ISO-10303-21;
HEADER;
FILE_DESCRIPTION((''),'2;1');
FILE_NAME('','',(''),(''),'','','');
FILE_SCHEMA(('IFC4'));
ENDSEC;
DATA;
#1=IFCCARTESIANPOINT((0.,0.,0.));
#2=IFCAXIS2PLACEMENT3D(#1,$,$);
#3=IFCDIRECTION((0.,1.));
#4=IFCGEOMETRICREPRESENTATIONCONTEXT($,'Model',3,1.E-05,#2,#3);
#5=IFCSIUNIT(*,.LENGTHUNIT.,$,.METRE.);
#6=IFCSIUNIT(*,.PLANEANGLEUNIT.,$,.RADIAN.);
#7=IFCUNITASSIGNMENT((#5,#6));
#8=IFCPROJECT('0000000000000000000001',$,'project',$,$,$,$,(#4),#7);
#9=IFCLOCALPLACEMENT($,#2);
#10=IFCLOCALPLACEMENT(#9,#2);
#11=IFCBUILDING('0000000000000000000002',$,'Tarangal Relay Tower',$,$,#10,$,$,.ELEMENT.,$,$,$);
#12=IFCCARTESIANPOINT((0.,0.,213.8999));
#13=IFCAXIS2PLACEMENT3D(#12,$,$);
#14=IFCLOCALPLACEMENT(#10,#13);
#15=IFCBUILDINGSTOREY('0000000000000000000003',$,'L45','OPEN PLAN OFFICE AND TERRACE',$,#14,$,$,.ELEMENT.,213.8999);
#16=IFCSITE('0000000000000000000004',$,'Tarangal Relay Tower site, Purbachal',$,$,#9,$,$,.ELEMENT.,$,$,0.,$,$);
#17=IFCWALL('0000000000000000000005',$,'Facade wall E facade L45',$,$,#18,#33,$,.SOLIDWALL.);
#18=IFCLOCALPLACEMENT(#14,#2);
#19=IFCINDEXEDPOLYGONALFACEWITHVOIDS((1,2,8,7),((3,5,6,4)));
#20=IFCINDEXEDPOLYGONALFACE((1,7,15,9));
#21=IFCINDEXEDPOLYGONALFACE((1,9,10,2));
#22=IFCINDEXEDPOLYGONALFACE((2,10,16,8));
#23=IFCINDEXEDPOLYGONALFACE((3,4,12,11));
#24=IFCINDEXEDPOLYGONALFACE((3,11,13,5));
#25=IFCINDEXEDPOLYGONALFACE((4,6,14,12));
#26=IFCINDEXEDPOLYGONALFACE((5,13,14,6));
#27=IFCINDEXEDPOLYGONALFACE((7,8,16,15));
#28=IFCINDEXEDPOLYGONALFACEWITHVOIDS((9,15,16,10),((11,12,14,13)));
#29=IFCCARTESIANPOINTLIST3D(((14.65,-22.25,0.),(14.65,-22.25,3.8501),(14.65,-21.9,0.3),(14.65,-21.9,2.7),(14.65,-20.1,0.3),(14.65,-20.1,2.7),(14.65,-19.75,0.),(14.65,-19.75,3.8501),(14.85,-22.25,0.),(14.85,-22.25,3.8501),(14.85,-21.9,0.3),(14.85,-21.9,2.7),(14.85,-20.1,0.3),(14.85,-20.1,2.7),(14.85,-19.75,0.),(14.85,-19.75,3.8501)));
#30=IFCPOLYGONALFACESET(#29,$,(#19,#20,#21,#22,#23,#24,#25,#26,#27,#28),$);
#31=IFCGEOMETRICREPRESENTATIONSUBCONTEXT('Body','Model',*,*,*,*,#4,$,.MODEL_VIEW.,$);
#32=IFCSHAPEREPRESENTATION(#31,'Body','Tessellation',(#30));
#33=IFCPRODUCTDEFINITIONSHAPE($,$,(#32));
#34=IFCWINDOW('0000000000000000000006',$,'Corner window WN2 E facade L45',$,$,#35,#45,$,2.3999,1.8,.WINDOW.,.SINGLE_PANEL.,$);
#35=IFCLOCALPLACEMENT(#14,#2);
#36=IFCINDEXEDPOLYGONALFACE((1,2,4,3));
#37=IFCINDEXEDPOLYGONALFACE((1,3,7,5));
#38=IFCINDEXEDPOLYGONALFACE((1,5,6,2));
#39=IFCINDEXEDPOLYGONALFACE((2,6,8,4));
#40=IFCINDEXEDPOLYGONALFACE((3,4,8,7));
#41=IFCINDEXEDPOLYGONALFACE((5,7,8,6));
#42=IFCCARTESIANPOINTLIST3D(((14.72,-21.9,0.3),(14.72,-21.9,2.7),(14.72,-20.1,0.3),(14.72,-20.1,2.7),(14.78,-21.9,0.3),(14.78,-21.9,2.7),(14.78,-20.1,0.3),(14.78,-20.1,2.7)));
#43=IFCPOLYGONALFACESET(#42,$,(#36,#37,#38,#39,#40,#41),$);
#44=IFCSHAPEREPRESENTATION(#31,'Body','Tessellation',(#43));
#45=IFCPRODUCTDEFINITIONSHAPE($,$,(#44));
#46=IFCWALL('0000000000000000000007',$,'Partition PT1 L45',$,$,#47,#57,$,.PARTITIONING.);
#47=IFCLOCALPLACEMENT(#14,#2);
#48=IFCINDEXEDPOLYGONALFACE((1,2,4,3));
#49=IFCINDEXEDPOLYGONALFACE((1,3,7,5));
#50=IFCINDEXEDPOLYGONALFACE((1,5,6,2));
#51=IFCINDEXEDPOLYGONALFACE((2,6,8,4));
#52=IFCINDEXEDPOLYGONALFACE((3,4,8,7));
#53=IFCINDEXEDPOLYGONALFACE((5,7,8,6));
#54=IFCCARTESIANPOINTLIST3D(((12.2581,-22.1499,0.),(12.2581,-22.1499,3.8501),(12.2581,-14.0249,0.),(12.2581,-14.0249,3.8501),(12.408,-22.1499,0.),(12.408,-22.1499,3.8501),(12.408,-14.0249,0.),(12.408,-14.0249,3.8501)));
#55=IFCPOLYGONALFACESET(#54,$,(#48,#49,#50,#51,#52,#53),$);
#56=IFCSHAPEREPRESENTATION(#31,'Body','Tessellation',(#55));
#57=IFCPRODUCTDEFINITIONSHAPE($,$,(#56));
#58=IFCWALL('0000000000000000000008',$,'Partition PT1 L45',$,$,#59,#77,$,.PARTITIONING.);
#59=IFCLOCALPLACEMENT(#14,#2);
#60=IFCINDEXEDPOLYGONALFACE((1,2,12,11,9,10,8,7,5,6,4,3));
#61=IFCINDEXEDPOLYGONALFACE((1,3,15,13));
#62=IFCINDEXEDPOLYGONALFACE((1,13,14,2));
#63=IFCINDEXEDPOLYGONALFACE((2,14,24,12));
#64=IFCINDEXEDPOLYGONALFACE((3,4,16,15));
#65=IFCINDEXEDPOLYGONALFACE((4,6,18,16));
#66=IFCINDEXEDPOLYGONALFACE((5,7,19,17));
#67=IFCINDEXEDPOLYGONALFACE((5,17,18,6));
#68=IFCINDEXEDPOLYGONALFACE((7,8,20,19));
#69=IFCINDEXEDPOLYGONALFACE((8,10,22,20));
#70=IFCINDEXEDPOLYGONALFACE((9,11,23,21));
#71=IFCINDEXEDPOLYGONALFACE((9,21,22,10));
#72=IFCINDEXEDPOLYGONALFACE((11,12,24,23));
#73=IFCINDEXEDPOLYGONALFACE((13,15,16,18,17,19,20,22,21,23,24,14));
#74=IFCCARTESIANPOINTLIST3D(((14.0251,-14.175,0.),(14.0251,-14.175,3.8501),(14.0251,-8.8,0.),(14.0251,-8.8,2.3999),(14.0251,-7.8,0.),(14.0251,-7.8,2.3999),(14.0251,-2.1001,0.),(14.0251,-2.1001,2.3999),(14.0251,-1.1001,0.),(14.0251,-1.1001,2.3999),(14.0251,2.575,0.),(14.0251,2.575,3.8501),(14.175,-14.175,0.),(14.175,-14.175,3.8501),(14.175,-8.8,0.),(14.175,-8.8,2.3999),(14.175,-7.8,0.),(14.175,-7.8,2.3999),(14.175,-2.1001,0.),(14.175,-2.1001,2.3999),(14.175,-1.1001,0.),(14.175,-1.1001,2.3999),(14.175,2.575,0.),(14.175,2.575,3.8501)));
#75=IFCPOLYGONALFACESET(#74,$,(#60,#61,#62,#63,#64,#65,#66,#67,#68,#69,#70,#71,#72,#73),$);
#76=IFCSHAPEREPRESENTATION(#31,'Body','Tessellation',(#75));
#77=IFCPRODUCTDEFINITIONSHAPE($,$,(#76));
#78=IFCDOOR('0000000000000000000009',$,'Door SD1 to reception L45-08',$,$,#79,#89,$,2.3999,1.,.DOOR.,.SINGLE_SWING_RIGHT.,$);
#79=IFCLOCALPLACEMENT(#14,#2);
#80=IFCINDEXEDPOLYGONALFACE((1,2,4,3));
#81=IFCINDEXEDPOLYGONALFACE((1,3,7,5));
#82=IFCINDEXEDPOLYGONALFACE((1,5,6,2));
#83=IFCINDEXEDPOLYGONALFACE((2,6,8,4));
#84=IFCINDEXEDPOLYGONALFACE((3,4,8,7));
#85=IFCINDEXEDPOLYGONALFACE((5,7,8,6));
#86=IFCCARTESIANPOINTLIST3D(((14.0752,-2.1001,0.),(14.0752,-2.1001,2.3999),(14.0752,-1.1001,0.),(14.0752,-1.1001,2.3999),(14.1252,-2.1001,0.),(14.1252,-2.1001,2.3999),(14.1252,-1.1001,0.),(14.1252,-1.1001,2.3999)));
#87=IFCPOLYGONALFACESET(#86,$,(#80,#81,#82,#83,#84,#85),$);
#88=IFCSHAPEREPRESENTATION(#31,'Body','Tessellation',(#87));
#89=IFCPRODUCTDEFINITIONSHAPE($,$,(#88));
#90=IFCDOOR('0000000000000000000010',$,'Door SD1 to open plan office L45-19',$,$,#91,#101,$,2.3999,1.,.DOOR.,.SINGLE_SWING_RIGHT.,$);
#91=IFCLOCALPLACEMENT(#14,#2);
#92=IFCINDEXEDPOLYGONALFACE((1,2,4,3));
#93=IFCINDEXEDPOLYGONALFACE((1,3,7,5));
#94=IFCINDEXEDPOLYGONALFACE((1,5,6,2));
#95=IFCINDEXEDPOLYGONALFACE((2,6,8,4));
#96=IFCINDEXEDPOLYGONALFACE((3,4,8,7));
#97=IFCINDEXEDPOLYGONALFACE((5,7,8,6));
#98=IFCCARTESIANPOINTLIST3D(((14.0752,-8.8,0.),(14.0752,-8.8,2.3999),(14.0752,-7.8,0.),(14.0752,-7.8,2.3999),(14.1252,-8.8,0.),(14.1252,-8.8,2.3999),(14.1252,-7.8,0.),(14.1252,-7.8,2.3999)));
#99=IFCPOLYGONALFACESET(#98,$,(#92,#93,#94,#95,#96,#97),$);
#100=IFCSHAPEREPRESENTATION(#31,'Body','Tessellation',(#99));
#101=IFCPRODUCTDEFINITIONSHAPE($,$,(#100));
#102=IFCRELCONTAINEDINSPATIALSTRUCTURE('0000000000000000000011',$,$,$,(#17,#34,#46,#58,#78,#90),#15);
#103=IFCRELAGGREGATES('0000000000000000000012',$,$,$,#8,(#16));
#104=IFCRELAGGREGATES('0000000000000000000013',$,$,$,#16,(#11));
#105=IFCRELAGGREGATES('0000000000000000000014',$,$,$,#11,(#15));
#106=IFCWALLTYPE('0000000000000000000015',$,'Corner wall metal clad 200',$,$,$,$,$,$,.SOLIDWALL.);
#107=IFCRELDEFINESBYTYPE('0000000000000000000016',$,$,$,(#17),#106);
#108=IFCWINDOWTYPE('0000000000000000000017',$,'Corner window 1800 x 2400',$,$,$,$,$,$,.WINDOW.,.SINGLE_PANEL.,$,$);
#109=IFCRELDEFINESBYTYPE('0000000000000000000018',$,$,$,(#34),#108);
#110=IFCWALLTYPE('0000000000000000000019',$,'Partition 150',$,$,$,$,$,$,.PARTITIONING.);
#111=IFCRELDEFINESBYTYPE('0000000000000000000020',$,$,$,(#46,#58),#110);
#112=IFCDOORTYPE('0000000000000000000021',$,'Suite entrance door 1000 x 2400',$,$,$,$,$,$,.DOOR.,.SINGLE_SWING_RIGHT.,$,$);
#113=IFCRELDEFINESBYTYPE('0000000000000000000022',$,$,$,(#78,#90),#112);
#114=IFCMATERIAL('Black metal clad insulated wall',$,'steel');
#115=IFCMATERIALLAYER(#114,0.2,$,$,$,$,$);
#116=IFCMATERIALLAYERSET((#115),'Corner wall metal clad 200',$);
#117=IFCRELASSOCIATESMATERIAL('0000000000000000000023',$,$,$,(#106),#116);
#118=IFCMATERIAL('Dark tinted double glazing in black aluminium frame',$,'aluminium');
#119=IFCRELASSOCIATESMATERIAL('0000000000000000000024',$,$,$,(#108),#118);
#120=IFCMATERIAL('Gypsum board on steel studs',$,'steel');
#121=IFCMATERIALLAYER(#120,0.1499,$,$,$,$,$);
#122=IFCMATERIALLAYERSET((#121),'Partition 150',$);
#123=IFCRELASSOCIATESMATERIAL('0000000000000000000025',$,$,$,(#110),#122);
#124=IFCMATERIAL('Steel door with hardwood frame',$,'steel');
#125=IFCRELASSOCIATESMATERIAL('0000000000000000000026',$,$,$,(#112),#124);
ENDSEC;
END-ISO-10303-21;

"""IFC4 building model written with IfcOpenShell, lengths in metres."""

from ifc_helpers import new_model, si_unit, direction, frame, frame_2d, origin, place, context, subcontext, project, spatial, rectangle, extrude, material, layer, layer_set, type_object, element, fill, save


model = new_model("IFC4")

# Units and contexts
model_context = context("Model", 3, precision=1e-05, world=origin(), true_north=direction((0.0, 1.0)))
body_context = subcontext(model_context, "Body", "Model", "MODEL_VIEW")
ifc_project = project(units=[si_unit("LENGTHUNIT", "METRE"), si_unit("PLANEANGLEUNIT", "RADIAN")], contexts=[model_context])

# Site, building, storey
site_placement = place(None, origin())
site = spatial("IfcSite", under=ifc_project, at=site_placement, Name="Tarangal Relay Tower site, Purbachal", CompositionType="ELEMENT", RefElevation=0.0)
building_placement = place(site_placement, origin())
building = spatial("IfcBuilding", under=site, at=building_placement, Name="Tarangal Relay Tower", CompositionType="ELEMENT")
storey_placement = place(building_placement, frame((0.0, 0.0, 213.8999)))
storey = spatial("IfcBuildingStorey", under=building, at=storey_placement, Name="L45", Description="OPEN PLAN OFFICE AND TERRACE", CompositionType="ELEMENT", Elevation=213.8999)

# Shared definitions
ifc_material_1 = material(Name="Black metal clad insulated wall", Category="steel")
ifc_layer_1 = layer(ifc_material_1, 0.2)
ifc_layer_set_1 = layer_set([ifc_layer_1], Name="Corner wall metal clad 200")
wall_type_1 = type_object("IfcWallType", Name="Corner wall metal clad 200", PredefinedType="SOLIDWALL", material=ifc_layer_set_1)

# Shared definitions
ifc_material_2 = material(Name="Dark tinted double glazing in black aluminium frame", Category="aluminium")
window_type = type_object("IfcWindowType", Name="Corner window 1800 x 2400", PartitioningType="SINGLE_PANEL", PredefinedType="WINDOW", material=ifc_material_2)

# Wall, opening, window
wall_1_placement = place(storey_placement, frame((14.75, -19.75, 0.0), z_axis=(0.0, 0.0, 1.0), x_axis=(0.0, -1.0, 0.0)))
wall_1 = element("IfcWall", 1, at=wall_1_placement, inside=storey, type_object=wall_type_1, Name="Facade wall E facade L45", PredefinedType="SOLIDWALL", context=body_context, shape_type="SweptSolid", body=[
    extrude(rectangle(XDim=2.5, YDim=0.2, at=frame_2d((1.25, 0.0))), origin(), (0.0, 0.0, 1.0), 3.8501),
])
opening_1_placement = place(wall_1_placement, frame((0.3501, 0.0, 0.3)))
opening_1 = element("IfcOpeningElement", 2, at=opening_1_placement, cuts=wall_1, PredefinedType="OPENING", context=body_context, shape_type="SweptSolid", body=[
    extrude(rectangle(XDim=1.8, YDim=2.3999, at=frame_2d((0.8999, 1.2))), frame((0.0, 0.1099, 0.0), z_axis=(0.0, -1.0, 0.0), x_axis=(1.0, 0.0, 0.0)), (0.0, 0.0, 1.0), 0.22),
])
window_1_placement = place(opening_1_placement, origin())
window_1 = element("IfcWindow", 3, at=window_1_placement, inside=storey, type_object=window_type, Name="Corner window WN2 E facade L45", OverallHeight=2.3999, OverallWidth=1.8, PartitioningType="SINGLE_PANEL", PredefinedType="WINDOW", context=body_context, shape_type="SweptSolid", body=[
    extrude(rectangle(XDim=1.8, YDim=2.3999, at=frame_2d((0.8999, 1.2))), frame((0.0, 0.03, 0.0), z_axis=(0.0, -1.0, 0.0), x_axis=(1.0, 0.0, 0.0)), (0.0, 0.0, 1.0), 0.0601),
])
fill(opening_1, window_1)

# Wall
ifc_material_3 = material(Name="Gypsum board on steel studs", Category="steel")
ifc_layer_2 = layer(ifc_material_3, 0.1499)
ifc_layer_set_2 = layer_set([ifc_layer_2], Name="Partition 150")
wall_type_2 = type_object("IfcWallType", Name="Partition 150", PredefinedType="PARTITIONING", material=ifc_layer_set_2)
wall_2_placement = place(storey_placement, frame((12.333, -22.1499, 0.0), z_axis=(0.0, 0.0, 1.0), x_axis=(0.0, 1.0, 0.0)))
element("IfcWall", 4, at=wall_2_placement, inside=storey, type_object=wall_type_2, Name="Partition PT1 L45", PredefinedType="PARTITIONING", context=body_context, shape_type="SweptSolid", body=[
    extrude(rectangle(XDim=8.125, YDim=0.1499, at=frame_2d((4.0625, 0.0))), origin(), (0.0, 0.0, 1.0), 3.8501),
])

# Wall, openings, doors
wall_3_placement = place(storey_placement, frame((14.1001, -14.175, 0.0), z_axis=(0.0, 0.0, 1.0), x_axis=(0.0, 1.0, 0.0)))
wall_3 = element("IfcWall", 5, at=wall_3_placement, inside=storey, type_object=wall_type_2, Name="Partition PT1 L45", PredefinedType="PARTITIONING", context=body_context, shape_type="SweptSolid", body=[
    extrude(rectangle(XDim=16.75, YDim=0.1499, at=frame_2d((8.375, 0.0))), origin(), (0.0, 0.0, 1.0), 3.8501),
])
opening_2_placement = place(wall_3_placement, frame((12.075, 0.0, 0.0)))
opening_2 = element("IfcOpeningElement", 6, at=opening_2_placement, cuts=wall_3, PredefinedType="OPENING", context=body_context, shape_type="SweptSolid", body=[
    extrude(rectangle(XDim=1.0, YDim=2.3999, at=frame_2d((0.5, 1.2))), frame((0.0, 0.085, 0.0), z_axis=(0.0, -1.0, 0.0), x_axis=(1.0, 0.0, 0.0)), (0.0, 0.0, 1.0), 0.1699),
])
opening_3_placement = place(wall_3_placement, frame((5.375, 0.0, 0.0)))
opening_3 = element("IfcOpeningElement", 7, at=opening_3_placement, cuts=wall_3, PredefinedType="OPENING", context=body_context, shape_type="SweptSolid", body=[
    extrude(rectangle(XDim=1.0, YDim=2.3999, at=frame_2d((0.5, 1.2))), frame((0.0, 0.085, 0.0), z_axis=(0.0, -1.0, 0.0), x_axis=(1.0, 0.0, 0.0)), (0.0, 0.0, 1.0), 0.1699),
])
ifc_material_4 = material(Name="Steel door with hardwood frame", Category="steel")
door_type_1 = type_object("IfcDoorType", Name="Suite entrance door 1000 x 2400", OperationType="SINGLE_SWING_RIGHT", PredefinedType="DOOR", material=ifc_material_4)
door_1_placement = place(opening_2_placement, origin())
door_1 = element("IfcDoor", 8, at=door_1_placement, inside=storey, type_object=door_type_1, Name="Door SD1 to reception L45-08", OperationType="SINGLE_SWING_RIGHT", OverallHeight=2.3999, OverallWidth=1.0, PredefinedType="DOOR", context=body_context, shape_type="SweptSolid", body=[
    extrude(rectangle(XDim=1.0, YDim=2.3999, at=frame_2d((0.5, 1.2))), frame((0.0, 0.0249, 0.0), z_axis=(0.0, -1.0, 0.0), x_axis=(1.0, 0.0, 0.0)), (0.0, 0.0, 1.0), 0.05),
])
fill(opening_2, door_1)
door_2_placement = place(opening_3_placement, origin())
door_2 = element("IfcDoor", 9, at=door_2_placement, inside=storey, type_object=door_type_1, Name="Door SD1 to open plan office L45-19", OperationType="SINGLE_SWING_RIGHT", OverallHeight=2.3999, OverallWidth=1.0, PredefinedType="DOOR", context=body_context, shape_type="SweptSolid", body=[
    extrude(rectangle(XDim=1.0, YDim=2.3999, at=frame_2d((0.5, 1.2))), frame((0.0, 0.0249, 0.0), z_axis=(0.0, -1.0, 0.0), x_axis=(1.0, 0.0, 0.0)), (0.0, 0.0, 1.0), 0.05),
])
fill(opening_3, door_2)

save(model, "model.ifc")
